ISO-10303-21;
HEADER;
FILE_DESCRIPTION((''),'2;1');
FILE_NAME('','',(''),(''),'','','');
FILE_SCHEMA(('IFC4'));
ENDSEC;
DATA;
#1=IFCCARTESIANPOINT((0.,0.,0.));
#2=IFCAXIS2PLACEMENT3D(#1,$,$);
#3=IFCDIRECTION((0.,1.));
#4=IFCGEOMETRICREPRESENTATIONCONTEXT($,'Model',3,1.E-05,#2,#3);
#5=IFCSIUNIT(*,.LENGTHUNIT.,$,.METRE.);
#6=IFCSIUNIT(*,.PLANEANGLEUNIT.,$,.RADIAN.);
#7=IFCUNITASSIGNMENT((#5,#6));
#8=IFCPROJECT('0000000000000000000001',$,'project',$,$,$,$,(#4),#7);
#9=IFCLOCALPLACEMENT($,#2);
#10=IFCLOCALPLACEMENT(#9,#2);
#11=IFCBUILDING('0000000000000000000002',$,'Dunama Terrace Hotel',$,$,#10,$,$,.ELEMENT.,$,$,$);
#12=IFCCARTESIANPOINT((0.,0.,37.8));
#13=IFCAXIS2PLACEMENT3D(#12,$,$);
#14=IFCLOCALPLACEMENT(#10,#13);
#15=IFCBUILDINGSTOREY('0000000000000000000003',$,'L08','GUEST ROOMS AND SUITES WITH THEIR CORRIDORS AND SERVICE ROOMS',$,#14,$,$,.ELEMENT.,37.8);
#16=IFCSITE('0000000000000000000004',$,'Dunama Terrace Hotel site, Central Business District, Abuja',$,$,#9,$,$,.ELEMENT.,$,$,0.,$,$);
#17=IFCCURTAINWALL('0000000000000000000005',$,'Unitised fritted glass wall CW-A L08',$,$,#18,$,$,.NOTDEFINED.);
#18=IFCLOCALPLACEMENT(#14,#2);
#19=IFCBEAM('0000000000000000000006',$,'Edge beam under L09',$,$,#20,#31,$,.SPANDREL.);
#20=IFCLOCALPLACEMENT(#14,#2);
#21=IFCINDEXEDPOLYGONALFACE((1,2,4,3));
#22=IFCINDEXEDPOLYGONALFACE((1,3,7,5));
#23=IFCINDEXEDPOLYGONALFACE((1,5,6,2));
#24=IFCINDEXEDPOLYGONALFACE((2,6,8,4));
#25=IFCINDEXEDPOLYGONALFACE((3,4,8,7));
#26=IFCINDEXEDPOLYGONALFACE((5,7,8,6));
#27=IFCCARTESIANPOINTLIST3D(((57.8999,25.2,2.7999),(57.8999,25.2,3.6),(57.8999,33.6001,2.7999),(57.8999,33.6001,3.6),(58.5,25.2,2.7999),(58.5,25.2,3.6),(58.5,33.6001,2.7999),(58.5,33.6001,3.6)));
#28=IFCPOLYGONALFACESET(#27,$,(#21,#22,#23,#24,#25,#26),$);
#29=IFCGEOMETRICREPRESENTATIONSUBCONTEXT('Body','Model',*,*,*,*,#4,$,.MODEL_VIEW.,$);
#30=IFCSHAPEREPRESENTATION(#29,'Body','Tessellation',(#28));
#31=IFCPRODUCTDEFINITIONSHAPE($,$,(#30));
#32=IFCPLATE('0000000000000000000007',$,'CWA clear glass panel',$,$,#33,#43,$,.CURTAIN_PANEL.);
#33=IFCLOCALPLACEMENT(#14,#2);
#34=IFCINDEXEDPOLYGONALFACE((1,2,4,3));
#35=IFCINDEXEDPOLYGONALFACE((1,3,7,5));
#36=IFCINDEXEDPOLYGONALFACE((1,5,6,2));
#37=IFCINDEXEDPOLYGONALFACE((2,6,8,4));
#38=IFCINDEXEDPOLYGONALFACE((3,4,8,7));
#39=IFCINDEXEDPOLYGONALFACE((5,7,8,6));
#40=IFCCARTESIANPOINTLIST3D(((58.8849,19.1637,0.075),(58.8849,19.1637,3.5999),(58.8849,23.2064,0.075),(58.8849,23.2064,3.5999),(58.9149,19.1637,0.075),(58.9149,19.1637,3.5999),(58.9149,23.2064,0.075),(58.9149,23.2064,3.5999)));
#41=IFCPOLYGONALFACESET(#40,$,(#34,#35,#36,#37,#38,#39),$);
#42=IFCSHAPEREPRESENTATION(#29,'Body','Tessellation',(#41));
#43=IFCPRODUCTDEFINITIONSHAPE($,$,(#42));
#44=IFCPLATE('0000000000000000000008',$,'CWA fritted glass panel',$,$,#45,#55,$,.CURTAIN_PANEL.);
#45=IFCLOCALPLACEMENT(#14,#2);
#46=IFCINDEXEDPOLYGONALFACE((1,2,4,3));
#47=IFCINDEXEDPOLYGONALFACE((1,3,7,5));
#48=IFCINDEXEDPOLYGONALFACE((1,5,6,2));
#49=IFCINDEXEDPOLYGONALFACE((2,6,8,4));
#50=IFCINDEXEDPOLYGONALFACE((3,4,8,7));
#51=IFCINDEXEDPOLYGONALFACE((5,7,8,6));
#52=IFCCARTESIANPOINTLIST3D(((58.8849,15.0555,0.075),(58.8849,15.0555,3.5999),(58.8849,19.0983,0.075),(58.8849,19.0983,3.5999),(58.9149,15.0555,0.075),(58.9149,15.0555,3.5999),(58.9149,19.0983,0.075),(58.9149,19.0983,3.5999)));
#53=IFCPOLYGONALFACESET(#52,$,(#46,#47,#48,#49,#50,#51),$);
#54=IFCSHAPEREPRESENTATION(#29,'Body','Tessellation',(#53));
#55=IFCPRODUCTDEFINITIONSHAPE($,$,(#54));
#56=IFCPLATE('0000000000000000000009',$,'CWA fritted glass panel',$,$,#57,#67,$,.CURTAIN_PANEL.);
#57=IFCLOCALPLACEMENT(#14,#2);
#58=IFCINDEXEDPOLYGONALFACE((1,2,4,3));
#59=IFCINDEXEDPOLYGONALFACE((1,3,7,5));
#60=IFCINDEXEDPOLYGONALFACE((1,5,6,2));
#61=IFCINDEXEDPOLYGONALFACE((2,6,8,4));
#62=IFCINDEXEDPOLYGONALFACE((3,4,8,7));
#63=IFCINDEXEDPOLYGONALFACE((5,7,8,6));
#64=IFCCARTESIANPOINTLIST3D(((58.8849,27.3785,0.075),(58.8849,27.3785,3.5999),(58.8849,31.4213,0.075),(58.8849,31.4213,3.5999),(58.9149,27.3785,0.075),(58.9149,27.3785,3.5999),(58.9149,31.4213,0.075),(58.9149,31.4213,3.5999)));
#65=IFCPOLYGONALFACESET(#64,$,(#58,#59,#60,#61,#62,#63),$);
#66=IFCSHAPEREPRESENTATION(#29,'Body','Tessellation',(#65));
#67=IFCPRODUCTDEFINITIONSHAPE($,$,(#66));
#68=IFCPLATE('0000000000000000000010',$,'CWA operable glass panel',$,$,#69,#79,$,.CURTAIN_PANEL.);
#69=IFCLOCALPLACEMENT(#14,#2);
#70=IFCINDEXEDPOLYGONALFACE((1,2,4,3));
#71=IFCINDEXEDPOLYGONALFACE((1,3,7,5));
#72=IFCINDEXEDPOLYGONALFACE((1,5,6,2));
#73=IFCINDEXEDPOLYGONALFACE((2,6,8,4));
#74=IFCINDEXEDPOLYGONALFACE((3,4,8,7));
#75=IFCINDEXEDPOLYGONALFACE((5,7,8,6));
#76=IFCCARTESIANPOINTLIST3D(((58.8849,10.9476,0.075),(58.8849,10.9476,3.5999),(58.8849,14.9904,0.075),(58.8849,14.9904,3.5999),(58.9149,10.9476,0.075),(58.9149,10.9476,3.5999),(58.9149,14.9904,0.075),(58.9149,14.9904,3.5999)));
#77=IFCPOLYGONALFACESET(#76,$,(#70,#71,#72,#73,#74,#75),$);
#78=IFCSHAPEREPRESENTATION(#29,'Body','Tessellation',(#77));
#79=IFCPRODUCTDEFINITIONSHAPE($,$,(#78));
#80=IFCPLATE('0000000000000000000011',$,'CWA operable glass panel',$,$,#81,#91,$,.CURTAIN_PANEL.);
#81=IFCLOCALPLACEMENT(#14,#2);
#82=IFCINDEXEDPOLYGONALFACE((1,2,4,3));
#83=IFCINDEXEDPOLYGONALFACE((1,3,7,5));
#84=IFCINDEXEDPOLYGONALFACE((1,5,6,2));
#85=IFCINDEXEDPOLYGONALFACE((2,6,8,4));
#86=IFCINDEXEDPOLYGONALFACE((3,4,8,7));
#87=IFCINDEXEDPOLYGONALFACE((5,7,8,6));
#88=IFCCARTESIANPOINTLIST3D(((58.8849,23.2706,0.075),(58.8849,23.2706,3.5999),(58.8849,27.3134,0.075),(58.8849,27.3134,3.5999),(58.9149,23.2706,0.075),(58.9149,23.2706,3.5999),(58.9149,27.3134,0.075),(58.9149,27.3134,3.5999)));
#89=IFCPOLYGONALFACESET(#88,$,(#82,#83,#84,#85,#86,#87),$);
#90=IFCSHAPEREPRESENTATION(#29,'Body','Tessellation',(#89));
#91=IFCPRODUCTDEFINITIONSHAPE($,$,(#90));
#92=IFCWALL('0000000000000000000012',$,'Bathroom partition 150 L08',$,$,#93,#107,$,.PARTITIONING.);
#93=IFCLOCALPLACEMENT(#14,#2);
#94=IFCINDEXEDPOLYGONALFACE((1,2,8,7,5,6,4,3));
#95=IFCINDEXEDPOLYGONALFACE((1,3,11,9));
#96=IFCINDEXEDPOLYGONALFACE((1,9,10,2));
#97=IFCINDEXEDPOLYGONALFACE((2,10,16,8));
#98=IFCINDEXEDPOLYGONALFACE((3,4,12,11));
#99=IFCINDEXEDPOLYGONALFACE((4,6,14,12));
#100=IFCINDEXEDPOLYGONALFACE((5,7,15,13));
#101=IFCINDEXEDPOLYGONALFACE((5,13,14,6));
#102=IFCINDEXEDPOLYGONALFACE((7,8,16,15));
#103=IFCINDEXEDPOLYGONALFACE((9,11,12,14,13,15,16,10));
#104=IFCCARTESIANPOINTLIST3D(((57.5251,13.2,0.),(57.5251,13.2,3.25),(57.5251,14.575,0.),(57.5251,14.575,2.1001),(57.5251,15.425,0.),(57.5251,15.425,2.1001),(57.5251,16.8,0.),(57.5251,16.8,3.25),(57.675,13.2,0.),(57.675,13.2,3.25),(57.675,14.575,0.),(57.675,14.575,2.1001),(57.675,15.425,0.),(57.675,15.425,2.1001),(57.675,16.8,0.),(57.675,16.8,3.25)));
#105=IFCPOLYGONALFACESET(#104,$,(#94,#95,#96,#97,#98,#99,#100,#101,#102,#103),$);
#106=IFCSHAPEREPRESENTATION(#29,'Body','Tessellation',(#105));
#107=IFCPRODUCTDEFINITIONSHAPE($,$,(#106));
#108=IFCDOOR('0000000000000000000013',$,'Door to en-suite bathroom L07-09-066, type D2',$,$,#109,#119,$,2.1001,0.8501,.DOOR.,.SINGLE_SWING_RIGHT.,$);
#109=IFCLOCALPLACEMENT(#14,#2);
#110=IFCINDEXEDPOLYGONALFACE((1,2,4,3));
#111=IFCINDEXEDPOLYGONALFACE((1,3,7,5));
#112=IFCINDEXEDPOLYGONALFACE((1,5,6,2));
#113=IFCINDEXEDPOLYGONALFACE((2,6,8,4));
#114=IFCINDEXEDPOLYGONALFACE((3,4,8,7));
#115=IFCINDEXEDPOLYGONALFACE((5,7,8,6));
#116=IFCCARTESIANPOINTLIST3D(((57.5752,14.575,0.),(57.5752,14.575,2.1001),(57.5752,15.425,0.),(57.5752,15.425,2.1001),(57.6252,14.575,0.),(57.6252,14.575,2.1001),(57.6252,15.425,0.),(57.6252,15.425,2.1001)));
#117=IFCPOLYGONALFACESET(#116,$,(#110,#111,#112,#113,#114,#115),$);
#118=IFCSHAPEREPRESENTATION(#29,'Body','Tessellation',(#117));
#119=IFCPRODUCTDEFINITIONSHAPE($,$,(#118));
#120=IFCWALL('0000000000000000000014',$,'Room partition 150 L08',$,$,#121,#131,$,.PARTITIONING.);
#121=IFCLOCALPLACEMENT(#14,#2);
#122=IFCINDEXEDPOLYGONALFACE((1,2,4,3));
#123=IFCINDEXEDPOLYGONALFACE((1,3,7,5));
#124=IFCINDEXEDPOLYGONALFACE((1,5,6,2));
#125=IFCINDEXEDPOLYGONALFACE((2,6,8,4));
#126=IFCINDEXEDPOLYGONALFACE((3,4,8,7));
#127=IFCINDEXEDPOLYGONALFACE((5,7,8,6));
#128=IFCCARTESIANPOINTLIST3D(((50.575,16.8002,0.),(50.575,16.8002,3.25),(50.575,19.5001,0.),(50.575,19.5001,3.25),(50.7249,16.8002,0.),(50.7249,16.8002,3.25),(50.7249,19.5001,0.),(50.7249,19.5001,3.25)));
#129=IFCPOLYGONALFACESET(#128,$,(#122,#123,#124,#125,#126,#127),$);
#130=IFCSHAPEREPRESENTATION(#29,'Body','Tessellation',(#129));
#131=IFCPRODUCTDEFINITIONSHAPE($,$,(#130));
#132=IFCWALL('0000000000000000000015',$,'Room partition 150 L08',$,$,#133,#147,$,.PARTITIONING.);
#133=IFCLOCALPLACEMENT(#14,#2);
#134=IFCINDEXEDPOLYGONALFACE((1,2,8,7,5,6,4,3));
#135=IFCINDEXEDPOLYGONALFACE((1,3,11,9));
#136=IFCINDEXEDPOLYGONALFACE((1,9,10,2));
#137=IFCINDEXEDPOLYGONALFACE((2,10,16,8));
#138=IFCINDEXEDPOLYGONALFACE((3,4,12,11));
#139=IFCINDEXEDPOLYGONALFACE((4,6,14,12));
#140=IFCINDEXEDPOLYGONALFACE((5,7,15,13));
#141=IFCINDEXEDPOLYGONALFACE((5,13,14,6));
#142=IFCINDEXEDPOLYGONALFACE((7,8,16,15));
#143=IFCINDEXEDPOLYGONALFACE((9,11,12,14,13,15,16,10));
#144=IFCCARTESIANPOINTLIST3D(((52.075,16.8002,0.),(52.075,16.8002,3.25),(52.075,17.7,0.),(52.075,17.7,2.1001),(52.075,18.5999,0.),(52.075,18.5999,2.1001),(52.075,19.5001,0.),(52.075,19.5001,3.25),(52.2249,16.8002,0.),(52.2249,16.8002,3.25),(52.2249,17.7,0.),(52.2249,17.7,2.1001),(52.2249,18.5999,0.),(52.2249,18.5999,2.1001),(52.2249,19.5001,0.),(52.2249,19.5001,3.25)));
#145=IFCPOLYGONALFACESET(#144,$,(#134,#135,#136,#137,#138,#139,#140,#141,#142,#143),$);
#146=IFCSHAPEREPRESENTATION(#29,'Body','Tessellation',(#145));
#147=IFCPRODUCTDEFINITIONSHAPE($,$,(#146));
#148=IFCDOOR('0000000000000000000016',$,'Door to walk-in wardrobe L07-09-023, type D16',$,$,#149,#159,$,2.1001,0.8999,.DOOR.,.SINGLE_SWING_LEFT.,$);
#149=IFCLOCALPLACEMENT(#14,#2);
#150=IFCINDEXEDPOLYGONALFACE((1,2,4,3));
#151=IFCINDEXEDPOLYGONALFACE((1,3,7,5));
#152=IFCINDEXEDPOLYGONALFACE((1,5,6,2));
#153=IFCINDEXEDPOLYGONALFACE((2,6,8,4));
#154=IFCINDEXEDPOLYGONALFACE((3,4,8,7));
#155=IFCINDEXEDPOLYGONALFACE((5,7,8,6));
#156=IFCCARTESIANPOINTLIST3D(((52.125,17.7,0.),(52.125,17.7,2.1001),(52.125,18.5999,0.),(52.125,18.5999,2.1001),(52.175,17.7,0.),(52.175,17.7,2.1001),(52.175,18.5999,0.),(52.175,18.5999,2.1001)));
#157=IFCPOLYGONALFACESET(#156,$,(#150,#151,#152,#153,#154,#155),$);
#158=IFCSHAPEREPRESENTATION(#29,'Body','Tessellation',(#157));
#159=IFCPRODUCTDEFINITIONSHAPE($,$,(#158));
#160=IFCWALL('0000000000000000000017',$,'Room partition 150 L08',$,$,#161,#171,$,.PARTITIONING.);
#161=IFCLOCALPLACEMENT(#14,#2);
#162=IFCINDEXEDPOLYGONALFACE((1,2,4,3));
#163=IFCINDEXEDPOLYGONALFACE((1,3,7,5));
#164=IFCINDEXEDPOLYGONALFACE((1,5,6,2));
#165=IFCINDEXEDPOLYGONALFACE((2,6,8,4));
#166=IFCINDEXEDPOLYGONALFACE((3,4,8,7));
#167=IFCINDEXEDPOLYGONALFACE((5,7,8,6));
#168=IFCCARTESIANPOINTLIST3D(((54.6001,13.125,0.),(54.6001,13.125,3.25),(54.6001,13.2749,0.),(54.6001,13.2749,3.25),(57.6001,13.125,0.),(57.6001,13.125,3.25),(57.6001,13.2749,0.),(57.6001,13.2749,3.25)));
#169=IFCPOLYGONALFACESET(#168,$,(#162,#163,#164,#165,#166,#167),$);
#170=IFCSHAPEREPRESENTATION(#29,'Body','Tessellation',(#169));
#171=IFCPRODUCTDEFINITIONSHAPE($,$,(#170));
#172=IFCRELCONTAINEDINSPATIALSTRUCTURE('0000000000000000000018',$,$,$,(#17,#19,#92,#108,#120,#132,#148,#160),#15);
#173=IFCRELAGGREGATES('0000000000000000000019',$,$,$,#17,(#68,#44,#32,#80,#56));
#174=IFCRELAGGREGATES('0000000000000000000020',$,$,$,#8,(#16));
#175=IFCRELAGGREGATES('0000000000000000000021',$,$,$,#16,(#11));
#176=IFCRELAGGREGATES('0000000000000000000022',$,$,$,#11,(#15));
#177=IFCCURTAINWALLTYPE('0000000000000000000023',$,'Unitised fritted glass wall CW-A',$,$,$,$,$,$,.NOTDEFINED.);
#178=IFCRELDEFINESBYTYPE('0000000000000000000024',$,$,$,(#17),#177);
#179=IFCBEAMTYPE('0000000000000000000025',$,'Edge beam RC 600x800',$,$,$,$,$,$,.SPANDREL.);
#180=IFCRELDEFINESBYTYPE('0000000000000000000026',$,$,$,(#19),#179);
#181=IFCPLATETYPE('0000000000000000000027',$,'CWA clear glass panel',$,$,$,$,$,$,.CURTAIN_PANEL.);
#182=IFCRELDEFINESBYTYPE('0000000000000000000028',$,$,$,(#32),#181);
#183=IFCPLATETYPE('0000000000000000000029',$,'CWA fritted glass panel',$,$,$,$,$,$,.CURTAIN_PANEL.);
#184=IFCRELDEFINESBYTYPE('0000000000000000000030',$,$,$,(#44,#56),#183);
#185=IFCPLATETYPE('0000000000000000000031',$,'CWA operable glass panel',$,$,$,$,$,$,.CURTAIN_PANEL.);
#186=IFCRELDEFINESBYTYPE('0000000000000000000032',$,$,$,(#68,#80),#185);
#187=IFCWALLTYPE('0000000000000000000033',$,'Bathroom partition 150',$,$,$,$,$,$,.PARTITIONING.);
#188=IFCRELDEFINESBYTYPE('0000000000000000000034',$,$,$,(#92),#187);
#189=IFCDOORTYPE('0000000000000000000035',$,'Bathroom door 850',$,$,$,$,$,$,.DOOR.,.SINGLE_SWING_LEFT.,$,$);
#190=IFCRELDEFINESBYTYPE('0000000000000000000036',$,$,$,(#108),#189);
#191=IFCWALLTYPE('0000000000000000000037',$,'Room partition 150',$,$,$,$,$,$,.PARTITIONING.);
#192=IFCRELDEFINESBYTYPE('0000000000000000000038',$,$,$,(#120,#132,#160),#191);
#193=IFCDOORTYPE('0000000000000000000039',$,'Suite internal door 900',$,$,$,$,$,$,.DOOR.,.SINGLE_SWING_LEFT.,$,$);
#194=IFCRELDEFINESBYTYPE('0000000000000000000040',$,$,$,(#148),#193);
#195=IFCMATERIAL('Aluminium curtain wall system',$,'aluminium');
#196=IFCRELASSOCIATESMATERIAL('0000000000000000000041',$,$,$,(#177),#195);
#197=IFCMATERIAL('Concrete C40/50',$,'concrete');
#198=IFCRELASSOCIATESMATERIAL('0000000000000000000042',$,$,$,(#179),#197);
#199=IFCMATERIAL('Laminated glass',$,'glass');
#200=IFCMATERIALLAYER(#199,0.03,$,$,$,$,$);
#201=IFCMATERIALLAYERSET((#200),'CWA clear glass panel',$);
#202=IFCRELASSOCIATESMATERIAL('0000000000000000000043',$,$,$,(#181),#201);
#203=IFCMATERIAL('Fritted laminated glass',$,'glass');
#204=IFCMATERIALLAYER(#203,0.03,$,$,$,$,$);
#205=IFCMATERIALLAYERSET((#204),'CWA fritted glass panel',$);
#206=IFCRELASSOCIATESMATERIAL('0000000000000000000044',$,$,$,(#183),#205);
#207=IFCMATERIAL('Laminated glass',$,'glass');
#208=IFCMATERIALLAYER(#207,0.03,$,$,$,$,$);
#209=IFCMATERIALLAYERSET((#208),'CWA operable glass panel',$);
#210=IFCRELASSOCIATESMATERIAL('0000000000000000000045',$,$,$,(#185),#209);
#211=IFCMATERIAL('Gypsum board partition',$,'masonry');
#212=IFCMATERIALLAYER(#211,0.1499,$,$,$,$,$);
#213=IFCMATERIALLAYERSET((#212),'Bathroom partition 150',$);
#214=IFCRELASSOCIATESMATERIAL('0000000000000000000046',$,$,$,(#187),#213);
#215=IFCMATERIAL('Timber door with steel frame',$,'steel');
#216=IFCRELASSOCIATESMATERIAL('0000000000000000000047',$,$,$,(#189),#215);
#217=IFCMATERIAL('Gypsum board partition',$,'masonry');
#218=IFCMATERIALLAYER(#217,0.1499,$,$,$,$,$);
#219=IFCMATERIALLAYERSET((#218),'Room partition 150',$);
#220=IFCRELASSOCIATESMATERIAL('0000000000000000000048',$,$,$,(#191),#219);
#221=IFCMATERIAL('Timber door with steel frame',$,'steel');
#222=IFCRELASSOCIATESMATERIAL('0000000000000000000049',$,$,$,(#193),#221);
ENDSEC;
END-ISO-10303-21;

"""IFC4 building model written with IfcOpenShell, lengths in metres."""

from ifc_helpers import new_model, si_unit, direction, frame, frame_2d, origin, origin_2d, place, context, subcontext, project, spatial, rectangle, extrude, material, layer, layer_set, material_profile, profile_set, type_object, element, fill, aggregate, save


model = new_model("IFC4")

# Units and contexts
model_context = context("Model", 3, precision=1e-05, world=origin(), true_north=direction((0.0, 1.0)))
body_context = subcontext(model_context, "Body", "Model", "MODEL_VIEW")
ifc_project = project(units=[si_unit("LENGTHUNIT", "METRE"), si_unit("PLANEANGLEUNIT", "RADIAN")], contexts=[model_context])

# Site, building, storey
site_placement = place(None, origin())
site = spatial("IfcSite", under=ifc_project, at=site_placement, Name="Dunama Terrace Hotel site, Central Business District, Abuja", CompositionType="ELEMENT", RefElevation=0.0)
building_placement = place(site_placement, origin())
building = spatial("IfcBuilding", under=site, at=building_placement, Name="Dunama Terrace Hotel", CompositionType="ELEMENT")
storey_placement = place(building_placement, frame((0.0, 0.0, 37.8)))
storey = spatial("IfcBuildingStorey", under=building, at=storey_placement, Name="L08", Description="GUEST ROOMS AND SUITES WITH THEIR CORRIDORS AND SERVICE ROOMS", CompositionType="ELEMENT", Elevation=37.8)

# Curtain wall
ifc_material_1 = material(Name="Aluminium curtain wall system", Category="aluminium")
curtain_wall_type = type_object("IfcCurtainWallType", Name="Unitised fritted glass wall CW-A", PredefinedType="NOTDEFINED", material=ifc_material_1)
curtain_wall_placement = place(storey_placement, origin())
curtain_wall = element("IfcCurtainWall", 1, at=curtain_wall_placement, inside=storey, type_object=curtain_wall_type, Name="Unitised fritted glass wall CW-A L08", PredefinedType="NOTDEFINED")

# Beam
ifc_material_2 = material(Name="Concrete C40/50", Category="concrete")
ifc_material_profile_1 = material_profile(ifc_material_2, rectangle(XDim=0.6001, YDim=0.8, at=origin_2d()), Name="RC 600x800")
ifc_profile_set_1 = profile_set([ifc_material_profile_1], Name="Concrete C40/50")
beam_type = type_object("IfcBeamType", Name="Edge beam RC 600x800", PredefinedType="SPANDREL", material=ifc_profile_set_1)
beam_1_placement = place(storey_placement, frame((58.2, 25.2, 3.2), z_axis=(0.0, 1.0, 0.0), x_axis=(-1.0, 0.0, 0.0)))
element("IfcBeam", 2, at=beam_1_placement, inside=storey, type_object=beam_type, Name="Edge beam under L09", PredefinedType="SPANDREL", context=body_context, shape_type="SweptSolid", body=[
    extrude(rectangle(XDim=0.6001, YDim=0.8, at=origin_2d()), origin(), (0.0, 0.0, 1.0), 8.4001),
])

# Plates
ifc_material_3 = material(Name="Laminated glass", Category="glass")
ifc_layer_1 = layer(ifc_material_3, 0.03)
ifc_layer_set_1 = layer_set([ifc_layer_1], Name="CWA clear glass panel")
plate_type_1 = type_object("IfcPlateType", Name="CWA clear glass panel", PredefinedType="CURTAIN_PANEL", material=ifc_layer_set_1)
plate_1_placement = place(storey_placement, frame((58.8999, 21.1851, 0.075), z_axis=(0.0, 0.0, 1.0), x_axis=(0.0, 1.0, 0.0)))
plate_1 = element("IfcPlate", 3, at=plate_1_placement, type_object=plate_type_1, Name="CWA clear glass panel", PredefinedType="CURTAIN_PANEL", context=body_context, shape_type="SweptSolid", body=[
    extrude(rectangle(XDim=4.0427, YDim=0.03, at=origin_2d()), origin(), (0.0, 0.0, 1.0), 3.5249),
])
ifc_material_4 = material(Name="Fritted laminated glass", Category="glass")
ifc_layer_2 = layer(ifc_material_4, 0.03)
ifc_layer_set_2 = layer_set([ifc_layer_2], Name="CWA fritted glass panel")
plate_type_2 = type_object("IfcPlateType", Name="CWA fritted glass panel", PredefinedType="CURTAIN_PANEL", material=ifc_layer_set_2)
plate_2_placement = place(storey_placement, frame((58.8999, 17.0769, 0.075), z_axis=(0.0, 0.0, 1.0), x_axis=(0.0, 1.0, 0.0)))
plate_2 = element("IfcPlate", 4, at=plate_2_placement, type_object=plate_type_2, Name="CWA fritted glass panel", PredefinedType="CURTAIN_PANEL", context=body_context, shape_type="SweptSolid", body=[
    extrude(rectangle(XDim=4.0427, YDim=0.03, at=origin_2d()), origin(), (0.0, 0.0, 1.0), 3.5249),
])
plate_3_placement = place(storey_placement, frame((58.8999, 29.3999, 0.075), z_axis=(0.0, 0.0, 1.0), x_axis=(0.0, 1.0, 0.0)))
plate_3 = element("IfcPlate", 5, at=plate_3_placement, type_object=plate_type_2, Name="CWA fritted glass panel", PredefinedType="CURTAIN_PANEL", context=body_context, shape_type="SweptSolid", body=[
    extrude(rectangle(XDim=4.0427, YDim=0.03, at=origin_2d()), origin(), (0.0, 0.0, 1.0), 3.5249),
])
ifc_material_5 = material(Name="Laminated glass", Category="glass")
ifc_layer_3 = layer(ifc_material_5, 0.03)
ifc_layer_set_3 = layer_set([ifc_layer_3], Name="CWA operable glass panel")
plate_type_3 = type_object("IfcPlateType", Name="CWA operable glass panel", PredefinedType="CURTAIN_PANEL", material=ifc_layer_set_3)
plate_4_placement = place(storey_placement, frame((58.8999, 12.969, 0.075), z_axis=(0.0, 0.0, 1.0), x_axis=(0.0, 1.0, 0.0)))
plate_4 = element("IfcPlate", 6, at=plate_4_placement, type_object=plate_type_3, Name="CWA operable glass panel", PredefinedType="CURTAIN_PANEL", context=body_context, shape_type="SweptSolid", body=[
    extrude(rectangle(XDim=4.0427, YDim=0.03, at=origin_2d()), origin(), (0.0, 0.0, 1.0), 3.5249),
])
plate_5_placement = place(storey_placement, frame((58.8999, 25.292, 0.075), z_axis=(0.0, 0.0, 1.0), x_axis=(0.0, 1.0, 0.0)))
plate_5 = element("IfcPlate", 7, at=plate_5_placement, type_object=plate_type_3, Name="CWA operable glass panel", PredefinedType="CURTAIN_PANEL", context=body_context, shape_type="SweptSolid", body=[
    extrude(rectangle(XDim=4.0427, YDim=0.03, at=origin_2d()), origin(), (0.0, 0.0, 1.0), 3.5249),
])
aggregate(curtain_wall, [plate_4, plate_2, plate_1, plate_5, plate_3])

# Wall, opening, door
ifc_material_6 = material(Name="Gypsum board partition", Category="masonry")
ifc_layer_4 = layer(ifc_material_6, 0.1499)
ifc_layer_set_4 = layer_set([ifc_layer_4], Name="Bathroom partition 150")
wall_type_1 = type_object("IfcWallType", Name="Bathroom partition 150", PredefinedType="PARTITIONING", material=ifc_layer_set_4)
wall_1_placement = place(storey_placement, frame((57.6001, 13.2, 0.0), z_axis=(0.0, 0.0, 1.0), x_axis=(0.0, 1.0, 0.0)))
wall_1 = element("IfcWall", 8, at=wall_1_placement, inside=storey, type_object=wall_type_1, Name="Bathroom partition 150 L08", PredefinedType="PARTITIONING", context=body_context, shape_type="SweptSolid", body=[
    extrude(rectangle(XDim=3.6001, YDim=0.1499, at=frame_2d((1.8, 0.0))), origin(), (0.0, 0.0, 1.0), 3.25),
])
opening_1_placement = place(wall_1_placement, frame((1.375, 0.0, 0.0)))
opening_1 = element("IfcOpeningElement", 9, at=opening_1_placement, cuts=wall_1, PredefinedType="OPENING", context=body_context, shape_type="SweptSolid", body=[
    extrude(rectangle(XDim=0.8501, YDim=2.1001, at=frame_2d((0.425, 1.05))), frame((0.0, 0.085, 0.0), z_axis=(0.0, -1.0, 0.0), x_axis=(1.0, 0.0, 0.0)), (0.0, 0.0, 1.0), 0.1699),
])
ifc_material_7 = material(Name="Timber door with steel frame", Category="steel")
door_type_1 = type_object("IfcDoorType", Name="Bathroom door 850", OperationType="SINGLE_SWING_LEFT", PredefinedType="DOOR", material=ifc_material_7)
door_1_placement = place(opening_1_placement, origin())
door_1 = element("IfcDoor", 10, at=door_1_placement, inside=storey, type_object=door_type_1, Name="Door to en-suite bathroom L07-09-066, type D2", OperationType="SINGLE_SWING_RIGHT", OverallHeight=2.1001, OverallWidth=0.8501, PredefinedType="DOOR", context=body_context, shape_type="SweptSolid", body=[
    extrude(rectangle(XDim=0.8501, YDim=2.1001, at=frame_2d((0.425, 1.05))), frame((0.0, 0.0249, 0.0), z_axis=(0.0, -1.0, 0.0), x_axis=(1.0, 0.0, 0.0)), (0.0, 0.0, 1.0), 0.05),
])
fill(opening_1, door_1)

# Wall
ifc_material_8 = material(Name="Gypsum board partition", Category="masonry")
ifc_layer_5 = layer(ifc_material_8, 0.1499)
ifc_layer_set_5 = layer_set([ifc_layer_5], Name="Room partition 150")
wall_type_2 = type_object("IfcWallType", Name="Room partition 150", PredefinedType="PARTITIONING", material=ifc_layer_set_5)
wall_2_placement = place(storey_placement, frame((50.6499, 16.8, 0.0), z_axis=(0.0, 0.0, 1.0), x_axis=(0.0, 1.0, 0.0)))
element("IfcWall", 11, at=wall_2_placement, inside=storey, type_object=wall_type_2, Name="Room partition 150 L08", PredefinedType="PARTITIONING", context=body_context, shape_type="SweptSolid", body=[
    extrude(rectangle(XDim=2.7, YDim=0.1499, at=frame_2d((1.3501, 0.0))), origin(), (0.0, 0.0, 1.0), 3.25),
])

# Wall, opening, door
wall_3_placement = place(storey_placement, frame((52.1499, 16.8, 0.0), z_axis=(0.0, 0.0, 1.0), x_axis=(0.0, 1.0, 0.0)))
wall_3 = element("IfcWall", 12, at=wall_3_placement, inside=storey, type_object=wall_type_2, Name="Room partition 150 L08", PredefinedType="PARTITIONING", context=body_context, shape_type="SweptSolid", body=[
    extrude(rectangle(XDim=2.7, YDim=0.1499, at=frame_2d((1.3501, 0.0))), origin(), (0.0, 0.0, 1.0), 3.25),
])
opening_2_placement = place(wall_3_placement, frame((0.8999, 0.0, 0.0)))
opening_2 = element("IfcOpeningElement", 13, at=opening_2_placement, cuts=wall_3, PredefinedType="OPENING", context=body_context, shape_type="SweptSolid", body=[
    extrude(rectangle(XDim=0.8999, YDim=2.1001, at=frame_2d((0.45, 1.05))), frame((0.0, 0.085, 0.0), z_axis=(0.0, -1.0, 0.0), x_axis=(1.0, 0.0, 0.0)), (0.0, 0.0, 1.0), 0.1699),
])
ifc_material_9 = material(Name="Timber door with steel frame", Category="steel")
door_type_2 = type_object("IfcDoorType", Name="Suite internal door 900", OperationType="SINGLE_SWING_LEFT", PredefinedType="DOOR", material=ifc_material_9)
door_2_placement = place(opening_2_placement, origin())
door_2 = element("IfcDoor", 14, at=door_2_placement, inside=storey, type_object=door_type_2, Name="Door to walk-in wardrobe L07-09-023, type D16", OperationType="SINGLE_SWING_LEFT", OverallHeight=2.1001, OverallWidth=0.8999, PredefinedType="DOOR", context=body_context, shape_type="SweptSolid", body=[
    extrude(rectangle(XDim=0.8999, YDim=2.1001, at=frame_2d((0.45, 1.05))), frame((0.0, 0.0249, 0.0), z_axis=(0.0, -1.0, 0.0), x_axis=(1.0, 0.0, 0.0)), (0.0, 0.0, 1.0), 0.05),
])
fill(opening_2, door_2)

# Wall
wall_4_placement = place(storey_placement, frame((54.6001, 13.2, 0.0), z_axis=(0.0, 0.0, 1.0), x_axis=(1.0, 0.0, 0.0)))
element("IfcWall", 15, at=wall_4_placement, inside=storey, type_object=wall_type_2, Name="Room partition 150 L08", PredefinedType="PARTITIONING", context=body_context, shape_type="SweptSolid", body=[
    extrude(rectangle(XDim=3.0, YDim=0.1499, at=frame_2d((1.5, 0.0))), origin(), (0.0, 0.0, 1.0), 3.25),
])

save(model, "model.ifc")
